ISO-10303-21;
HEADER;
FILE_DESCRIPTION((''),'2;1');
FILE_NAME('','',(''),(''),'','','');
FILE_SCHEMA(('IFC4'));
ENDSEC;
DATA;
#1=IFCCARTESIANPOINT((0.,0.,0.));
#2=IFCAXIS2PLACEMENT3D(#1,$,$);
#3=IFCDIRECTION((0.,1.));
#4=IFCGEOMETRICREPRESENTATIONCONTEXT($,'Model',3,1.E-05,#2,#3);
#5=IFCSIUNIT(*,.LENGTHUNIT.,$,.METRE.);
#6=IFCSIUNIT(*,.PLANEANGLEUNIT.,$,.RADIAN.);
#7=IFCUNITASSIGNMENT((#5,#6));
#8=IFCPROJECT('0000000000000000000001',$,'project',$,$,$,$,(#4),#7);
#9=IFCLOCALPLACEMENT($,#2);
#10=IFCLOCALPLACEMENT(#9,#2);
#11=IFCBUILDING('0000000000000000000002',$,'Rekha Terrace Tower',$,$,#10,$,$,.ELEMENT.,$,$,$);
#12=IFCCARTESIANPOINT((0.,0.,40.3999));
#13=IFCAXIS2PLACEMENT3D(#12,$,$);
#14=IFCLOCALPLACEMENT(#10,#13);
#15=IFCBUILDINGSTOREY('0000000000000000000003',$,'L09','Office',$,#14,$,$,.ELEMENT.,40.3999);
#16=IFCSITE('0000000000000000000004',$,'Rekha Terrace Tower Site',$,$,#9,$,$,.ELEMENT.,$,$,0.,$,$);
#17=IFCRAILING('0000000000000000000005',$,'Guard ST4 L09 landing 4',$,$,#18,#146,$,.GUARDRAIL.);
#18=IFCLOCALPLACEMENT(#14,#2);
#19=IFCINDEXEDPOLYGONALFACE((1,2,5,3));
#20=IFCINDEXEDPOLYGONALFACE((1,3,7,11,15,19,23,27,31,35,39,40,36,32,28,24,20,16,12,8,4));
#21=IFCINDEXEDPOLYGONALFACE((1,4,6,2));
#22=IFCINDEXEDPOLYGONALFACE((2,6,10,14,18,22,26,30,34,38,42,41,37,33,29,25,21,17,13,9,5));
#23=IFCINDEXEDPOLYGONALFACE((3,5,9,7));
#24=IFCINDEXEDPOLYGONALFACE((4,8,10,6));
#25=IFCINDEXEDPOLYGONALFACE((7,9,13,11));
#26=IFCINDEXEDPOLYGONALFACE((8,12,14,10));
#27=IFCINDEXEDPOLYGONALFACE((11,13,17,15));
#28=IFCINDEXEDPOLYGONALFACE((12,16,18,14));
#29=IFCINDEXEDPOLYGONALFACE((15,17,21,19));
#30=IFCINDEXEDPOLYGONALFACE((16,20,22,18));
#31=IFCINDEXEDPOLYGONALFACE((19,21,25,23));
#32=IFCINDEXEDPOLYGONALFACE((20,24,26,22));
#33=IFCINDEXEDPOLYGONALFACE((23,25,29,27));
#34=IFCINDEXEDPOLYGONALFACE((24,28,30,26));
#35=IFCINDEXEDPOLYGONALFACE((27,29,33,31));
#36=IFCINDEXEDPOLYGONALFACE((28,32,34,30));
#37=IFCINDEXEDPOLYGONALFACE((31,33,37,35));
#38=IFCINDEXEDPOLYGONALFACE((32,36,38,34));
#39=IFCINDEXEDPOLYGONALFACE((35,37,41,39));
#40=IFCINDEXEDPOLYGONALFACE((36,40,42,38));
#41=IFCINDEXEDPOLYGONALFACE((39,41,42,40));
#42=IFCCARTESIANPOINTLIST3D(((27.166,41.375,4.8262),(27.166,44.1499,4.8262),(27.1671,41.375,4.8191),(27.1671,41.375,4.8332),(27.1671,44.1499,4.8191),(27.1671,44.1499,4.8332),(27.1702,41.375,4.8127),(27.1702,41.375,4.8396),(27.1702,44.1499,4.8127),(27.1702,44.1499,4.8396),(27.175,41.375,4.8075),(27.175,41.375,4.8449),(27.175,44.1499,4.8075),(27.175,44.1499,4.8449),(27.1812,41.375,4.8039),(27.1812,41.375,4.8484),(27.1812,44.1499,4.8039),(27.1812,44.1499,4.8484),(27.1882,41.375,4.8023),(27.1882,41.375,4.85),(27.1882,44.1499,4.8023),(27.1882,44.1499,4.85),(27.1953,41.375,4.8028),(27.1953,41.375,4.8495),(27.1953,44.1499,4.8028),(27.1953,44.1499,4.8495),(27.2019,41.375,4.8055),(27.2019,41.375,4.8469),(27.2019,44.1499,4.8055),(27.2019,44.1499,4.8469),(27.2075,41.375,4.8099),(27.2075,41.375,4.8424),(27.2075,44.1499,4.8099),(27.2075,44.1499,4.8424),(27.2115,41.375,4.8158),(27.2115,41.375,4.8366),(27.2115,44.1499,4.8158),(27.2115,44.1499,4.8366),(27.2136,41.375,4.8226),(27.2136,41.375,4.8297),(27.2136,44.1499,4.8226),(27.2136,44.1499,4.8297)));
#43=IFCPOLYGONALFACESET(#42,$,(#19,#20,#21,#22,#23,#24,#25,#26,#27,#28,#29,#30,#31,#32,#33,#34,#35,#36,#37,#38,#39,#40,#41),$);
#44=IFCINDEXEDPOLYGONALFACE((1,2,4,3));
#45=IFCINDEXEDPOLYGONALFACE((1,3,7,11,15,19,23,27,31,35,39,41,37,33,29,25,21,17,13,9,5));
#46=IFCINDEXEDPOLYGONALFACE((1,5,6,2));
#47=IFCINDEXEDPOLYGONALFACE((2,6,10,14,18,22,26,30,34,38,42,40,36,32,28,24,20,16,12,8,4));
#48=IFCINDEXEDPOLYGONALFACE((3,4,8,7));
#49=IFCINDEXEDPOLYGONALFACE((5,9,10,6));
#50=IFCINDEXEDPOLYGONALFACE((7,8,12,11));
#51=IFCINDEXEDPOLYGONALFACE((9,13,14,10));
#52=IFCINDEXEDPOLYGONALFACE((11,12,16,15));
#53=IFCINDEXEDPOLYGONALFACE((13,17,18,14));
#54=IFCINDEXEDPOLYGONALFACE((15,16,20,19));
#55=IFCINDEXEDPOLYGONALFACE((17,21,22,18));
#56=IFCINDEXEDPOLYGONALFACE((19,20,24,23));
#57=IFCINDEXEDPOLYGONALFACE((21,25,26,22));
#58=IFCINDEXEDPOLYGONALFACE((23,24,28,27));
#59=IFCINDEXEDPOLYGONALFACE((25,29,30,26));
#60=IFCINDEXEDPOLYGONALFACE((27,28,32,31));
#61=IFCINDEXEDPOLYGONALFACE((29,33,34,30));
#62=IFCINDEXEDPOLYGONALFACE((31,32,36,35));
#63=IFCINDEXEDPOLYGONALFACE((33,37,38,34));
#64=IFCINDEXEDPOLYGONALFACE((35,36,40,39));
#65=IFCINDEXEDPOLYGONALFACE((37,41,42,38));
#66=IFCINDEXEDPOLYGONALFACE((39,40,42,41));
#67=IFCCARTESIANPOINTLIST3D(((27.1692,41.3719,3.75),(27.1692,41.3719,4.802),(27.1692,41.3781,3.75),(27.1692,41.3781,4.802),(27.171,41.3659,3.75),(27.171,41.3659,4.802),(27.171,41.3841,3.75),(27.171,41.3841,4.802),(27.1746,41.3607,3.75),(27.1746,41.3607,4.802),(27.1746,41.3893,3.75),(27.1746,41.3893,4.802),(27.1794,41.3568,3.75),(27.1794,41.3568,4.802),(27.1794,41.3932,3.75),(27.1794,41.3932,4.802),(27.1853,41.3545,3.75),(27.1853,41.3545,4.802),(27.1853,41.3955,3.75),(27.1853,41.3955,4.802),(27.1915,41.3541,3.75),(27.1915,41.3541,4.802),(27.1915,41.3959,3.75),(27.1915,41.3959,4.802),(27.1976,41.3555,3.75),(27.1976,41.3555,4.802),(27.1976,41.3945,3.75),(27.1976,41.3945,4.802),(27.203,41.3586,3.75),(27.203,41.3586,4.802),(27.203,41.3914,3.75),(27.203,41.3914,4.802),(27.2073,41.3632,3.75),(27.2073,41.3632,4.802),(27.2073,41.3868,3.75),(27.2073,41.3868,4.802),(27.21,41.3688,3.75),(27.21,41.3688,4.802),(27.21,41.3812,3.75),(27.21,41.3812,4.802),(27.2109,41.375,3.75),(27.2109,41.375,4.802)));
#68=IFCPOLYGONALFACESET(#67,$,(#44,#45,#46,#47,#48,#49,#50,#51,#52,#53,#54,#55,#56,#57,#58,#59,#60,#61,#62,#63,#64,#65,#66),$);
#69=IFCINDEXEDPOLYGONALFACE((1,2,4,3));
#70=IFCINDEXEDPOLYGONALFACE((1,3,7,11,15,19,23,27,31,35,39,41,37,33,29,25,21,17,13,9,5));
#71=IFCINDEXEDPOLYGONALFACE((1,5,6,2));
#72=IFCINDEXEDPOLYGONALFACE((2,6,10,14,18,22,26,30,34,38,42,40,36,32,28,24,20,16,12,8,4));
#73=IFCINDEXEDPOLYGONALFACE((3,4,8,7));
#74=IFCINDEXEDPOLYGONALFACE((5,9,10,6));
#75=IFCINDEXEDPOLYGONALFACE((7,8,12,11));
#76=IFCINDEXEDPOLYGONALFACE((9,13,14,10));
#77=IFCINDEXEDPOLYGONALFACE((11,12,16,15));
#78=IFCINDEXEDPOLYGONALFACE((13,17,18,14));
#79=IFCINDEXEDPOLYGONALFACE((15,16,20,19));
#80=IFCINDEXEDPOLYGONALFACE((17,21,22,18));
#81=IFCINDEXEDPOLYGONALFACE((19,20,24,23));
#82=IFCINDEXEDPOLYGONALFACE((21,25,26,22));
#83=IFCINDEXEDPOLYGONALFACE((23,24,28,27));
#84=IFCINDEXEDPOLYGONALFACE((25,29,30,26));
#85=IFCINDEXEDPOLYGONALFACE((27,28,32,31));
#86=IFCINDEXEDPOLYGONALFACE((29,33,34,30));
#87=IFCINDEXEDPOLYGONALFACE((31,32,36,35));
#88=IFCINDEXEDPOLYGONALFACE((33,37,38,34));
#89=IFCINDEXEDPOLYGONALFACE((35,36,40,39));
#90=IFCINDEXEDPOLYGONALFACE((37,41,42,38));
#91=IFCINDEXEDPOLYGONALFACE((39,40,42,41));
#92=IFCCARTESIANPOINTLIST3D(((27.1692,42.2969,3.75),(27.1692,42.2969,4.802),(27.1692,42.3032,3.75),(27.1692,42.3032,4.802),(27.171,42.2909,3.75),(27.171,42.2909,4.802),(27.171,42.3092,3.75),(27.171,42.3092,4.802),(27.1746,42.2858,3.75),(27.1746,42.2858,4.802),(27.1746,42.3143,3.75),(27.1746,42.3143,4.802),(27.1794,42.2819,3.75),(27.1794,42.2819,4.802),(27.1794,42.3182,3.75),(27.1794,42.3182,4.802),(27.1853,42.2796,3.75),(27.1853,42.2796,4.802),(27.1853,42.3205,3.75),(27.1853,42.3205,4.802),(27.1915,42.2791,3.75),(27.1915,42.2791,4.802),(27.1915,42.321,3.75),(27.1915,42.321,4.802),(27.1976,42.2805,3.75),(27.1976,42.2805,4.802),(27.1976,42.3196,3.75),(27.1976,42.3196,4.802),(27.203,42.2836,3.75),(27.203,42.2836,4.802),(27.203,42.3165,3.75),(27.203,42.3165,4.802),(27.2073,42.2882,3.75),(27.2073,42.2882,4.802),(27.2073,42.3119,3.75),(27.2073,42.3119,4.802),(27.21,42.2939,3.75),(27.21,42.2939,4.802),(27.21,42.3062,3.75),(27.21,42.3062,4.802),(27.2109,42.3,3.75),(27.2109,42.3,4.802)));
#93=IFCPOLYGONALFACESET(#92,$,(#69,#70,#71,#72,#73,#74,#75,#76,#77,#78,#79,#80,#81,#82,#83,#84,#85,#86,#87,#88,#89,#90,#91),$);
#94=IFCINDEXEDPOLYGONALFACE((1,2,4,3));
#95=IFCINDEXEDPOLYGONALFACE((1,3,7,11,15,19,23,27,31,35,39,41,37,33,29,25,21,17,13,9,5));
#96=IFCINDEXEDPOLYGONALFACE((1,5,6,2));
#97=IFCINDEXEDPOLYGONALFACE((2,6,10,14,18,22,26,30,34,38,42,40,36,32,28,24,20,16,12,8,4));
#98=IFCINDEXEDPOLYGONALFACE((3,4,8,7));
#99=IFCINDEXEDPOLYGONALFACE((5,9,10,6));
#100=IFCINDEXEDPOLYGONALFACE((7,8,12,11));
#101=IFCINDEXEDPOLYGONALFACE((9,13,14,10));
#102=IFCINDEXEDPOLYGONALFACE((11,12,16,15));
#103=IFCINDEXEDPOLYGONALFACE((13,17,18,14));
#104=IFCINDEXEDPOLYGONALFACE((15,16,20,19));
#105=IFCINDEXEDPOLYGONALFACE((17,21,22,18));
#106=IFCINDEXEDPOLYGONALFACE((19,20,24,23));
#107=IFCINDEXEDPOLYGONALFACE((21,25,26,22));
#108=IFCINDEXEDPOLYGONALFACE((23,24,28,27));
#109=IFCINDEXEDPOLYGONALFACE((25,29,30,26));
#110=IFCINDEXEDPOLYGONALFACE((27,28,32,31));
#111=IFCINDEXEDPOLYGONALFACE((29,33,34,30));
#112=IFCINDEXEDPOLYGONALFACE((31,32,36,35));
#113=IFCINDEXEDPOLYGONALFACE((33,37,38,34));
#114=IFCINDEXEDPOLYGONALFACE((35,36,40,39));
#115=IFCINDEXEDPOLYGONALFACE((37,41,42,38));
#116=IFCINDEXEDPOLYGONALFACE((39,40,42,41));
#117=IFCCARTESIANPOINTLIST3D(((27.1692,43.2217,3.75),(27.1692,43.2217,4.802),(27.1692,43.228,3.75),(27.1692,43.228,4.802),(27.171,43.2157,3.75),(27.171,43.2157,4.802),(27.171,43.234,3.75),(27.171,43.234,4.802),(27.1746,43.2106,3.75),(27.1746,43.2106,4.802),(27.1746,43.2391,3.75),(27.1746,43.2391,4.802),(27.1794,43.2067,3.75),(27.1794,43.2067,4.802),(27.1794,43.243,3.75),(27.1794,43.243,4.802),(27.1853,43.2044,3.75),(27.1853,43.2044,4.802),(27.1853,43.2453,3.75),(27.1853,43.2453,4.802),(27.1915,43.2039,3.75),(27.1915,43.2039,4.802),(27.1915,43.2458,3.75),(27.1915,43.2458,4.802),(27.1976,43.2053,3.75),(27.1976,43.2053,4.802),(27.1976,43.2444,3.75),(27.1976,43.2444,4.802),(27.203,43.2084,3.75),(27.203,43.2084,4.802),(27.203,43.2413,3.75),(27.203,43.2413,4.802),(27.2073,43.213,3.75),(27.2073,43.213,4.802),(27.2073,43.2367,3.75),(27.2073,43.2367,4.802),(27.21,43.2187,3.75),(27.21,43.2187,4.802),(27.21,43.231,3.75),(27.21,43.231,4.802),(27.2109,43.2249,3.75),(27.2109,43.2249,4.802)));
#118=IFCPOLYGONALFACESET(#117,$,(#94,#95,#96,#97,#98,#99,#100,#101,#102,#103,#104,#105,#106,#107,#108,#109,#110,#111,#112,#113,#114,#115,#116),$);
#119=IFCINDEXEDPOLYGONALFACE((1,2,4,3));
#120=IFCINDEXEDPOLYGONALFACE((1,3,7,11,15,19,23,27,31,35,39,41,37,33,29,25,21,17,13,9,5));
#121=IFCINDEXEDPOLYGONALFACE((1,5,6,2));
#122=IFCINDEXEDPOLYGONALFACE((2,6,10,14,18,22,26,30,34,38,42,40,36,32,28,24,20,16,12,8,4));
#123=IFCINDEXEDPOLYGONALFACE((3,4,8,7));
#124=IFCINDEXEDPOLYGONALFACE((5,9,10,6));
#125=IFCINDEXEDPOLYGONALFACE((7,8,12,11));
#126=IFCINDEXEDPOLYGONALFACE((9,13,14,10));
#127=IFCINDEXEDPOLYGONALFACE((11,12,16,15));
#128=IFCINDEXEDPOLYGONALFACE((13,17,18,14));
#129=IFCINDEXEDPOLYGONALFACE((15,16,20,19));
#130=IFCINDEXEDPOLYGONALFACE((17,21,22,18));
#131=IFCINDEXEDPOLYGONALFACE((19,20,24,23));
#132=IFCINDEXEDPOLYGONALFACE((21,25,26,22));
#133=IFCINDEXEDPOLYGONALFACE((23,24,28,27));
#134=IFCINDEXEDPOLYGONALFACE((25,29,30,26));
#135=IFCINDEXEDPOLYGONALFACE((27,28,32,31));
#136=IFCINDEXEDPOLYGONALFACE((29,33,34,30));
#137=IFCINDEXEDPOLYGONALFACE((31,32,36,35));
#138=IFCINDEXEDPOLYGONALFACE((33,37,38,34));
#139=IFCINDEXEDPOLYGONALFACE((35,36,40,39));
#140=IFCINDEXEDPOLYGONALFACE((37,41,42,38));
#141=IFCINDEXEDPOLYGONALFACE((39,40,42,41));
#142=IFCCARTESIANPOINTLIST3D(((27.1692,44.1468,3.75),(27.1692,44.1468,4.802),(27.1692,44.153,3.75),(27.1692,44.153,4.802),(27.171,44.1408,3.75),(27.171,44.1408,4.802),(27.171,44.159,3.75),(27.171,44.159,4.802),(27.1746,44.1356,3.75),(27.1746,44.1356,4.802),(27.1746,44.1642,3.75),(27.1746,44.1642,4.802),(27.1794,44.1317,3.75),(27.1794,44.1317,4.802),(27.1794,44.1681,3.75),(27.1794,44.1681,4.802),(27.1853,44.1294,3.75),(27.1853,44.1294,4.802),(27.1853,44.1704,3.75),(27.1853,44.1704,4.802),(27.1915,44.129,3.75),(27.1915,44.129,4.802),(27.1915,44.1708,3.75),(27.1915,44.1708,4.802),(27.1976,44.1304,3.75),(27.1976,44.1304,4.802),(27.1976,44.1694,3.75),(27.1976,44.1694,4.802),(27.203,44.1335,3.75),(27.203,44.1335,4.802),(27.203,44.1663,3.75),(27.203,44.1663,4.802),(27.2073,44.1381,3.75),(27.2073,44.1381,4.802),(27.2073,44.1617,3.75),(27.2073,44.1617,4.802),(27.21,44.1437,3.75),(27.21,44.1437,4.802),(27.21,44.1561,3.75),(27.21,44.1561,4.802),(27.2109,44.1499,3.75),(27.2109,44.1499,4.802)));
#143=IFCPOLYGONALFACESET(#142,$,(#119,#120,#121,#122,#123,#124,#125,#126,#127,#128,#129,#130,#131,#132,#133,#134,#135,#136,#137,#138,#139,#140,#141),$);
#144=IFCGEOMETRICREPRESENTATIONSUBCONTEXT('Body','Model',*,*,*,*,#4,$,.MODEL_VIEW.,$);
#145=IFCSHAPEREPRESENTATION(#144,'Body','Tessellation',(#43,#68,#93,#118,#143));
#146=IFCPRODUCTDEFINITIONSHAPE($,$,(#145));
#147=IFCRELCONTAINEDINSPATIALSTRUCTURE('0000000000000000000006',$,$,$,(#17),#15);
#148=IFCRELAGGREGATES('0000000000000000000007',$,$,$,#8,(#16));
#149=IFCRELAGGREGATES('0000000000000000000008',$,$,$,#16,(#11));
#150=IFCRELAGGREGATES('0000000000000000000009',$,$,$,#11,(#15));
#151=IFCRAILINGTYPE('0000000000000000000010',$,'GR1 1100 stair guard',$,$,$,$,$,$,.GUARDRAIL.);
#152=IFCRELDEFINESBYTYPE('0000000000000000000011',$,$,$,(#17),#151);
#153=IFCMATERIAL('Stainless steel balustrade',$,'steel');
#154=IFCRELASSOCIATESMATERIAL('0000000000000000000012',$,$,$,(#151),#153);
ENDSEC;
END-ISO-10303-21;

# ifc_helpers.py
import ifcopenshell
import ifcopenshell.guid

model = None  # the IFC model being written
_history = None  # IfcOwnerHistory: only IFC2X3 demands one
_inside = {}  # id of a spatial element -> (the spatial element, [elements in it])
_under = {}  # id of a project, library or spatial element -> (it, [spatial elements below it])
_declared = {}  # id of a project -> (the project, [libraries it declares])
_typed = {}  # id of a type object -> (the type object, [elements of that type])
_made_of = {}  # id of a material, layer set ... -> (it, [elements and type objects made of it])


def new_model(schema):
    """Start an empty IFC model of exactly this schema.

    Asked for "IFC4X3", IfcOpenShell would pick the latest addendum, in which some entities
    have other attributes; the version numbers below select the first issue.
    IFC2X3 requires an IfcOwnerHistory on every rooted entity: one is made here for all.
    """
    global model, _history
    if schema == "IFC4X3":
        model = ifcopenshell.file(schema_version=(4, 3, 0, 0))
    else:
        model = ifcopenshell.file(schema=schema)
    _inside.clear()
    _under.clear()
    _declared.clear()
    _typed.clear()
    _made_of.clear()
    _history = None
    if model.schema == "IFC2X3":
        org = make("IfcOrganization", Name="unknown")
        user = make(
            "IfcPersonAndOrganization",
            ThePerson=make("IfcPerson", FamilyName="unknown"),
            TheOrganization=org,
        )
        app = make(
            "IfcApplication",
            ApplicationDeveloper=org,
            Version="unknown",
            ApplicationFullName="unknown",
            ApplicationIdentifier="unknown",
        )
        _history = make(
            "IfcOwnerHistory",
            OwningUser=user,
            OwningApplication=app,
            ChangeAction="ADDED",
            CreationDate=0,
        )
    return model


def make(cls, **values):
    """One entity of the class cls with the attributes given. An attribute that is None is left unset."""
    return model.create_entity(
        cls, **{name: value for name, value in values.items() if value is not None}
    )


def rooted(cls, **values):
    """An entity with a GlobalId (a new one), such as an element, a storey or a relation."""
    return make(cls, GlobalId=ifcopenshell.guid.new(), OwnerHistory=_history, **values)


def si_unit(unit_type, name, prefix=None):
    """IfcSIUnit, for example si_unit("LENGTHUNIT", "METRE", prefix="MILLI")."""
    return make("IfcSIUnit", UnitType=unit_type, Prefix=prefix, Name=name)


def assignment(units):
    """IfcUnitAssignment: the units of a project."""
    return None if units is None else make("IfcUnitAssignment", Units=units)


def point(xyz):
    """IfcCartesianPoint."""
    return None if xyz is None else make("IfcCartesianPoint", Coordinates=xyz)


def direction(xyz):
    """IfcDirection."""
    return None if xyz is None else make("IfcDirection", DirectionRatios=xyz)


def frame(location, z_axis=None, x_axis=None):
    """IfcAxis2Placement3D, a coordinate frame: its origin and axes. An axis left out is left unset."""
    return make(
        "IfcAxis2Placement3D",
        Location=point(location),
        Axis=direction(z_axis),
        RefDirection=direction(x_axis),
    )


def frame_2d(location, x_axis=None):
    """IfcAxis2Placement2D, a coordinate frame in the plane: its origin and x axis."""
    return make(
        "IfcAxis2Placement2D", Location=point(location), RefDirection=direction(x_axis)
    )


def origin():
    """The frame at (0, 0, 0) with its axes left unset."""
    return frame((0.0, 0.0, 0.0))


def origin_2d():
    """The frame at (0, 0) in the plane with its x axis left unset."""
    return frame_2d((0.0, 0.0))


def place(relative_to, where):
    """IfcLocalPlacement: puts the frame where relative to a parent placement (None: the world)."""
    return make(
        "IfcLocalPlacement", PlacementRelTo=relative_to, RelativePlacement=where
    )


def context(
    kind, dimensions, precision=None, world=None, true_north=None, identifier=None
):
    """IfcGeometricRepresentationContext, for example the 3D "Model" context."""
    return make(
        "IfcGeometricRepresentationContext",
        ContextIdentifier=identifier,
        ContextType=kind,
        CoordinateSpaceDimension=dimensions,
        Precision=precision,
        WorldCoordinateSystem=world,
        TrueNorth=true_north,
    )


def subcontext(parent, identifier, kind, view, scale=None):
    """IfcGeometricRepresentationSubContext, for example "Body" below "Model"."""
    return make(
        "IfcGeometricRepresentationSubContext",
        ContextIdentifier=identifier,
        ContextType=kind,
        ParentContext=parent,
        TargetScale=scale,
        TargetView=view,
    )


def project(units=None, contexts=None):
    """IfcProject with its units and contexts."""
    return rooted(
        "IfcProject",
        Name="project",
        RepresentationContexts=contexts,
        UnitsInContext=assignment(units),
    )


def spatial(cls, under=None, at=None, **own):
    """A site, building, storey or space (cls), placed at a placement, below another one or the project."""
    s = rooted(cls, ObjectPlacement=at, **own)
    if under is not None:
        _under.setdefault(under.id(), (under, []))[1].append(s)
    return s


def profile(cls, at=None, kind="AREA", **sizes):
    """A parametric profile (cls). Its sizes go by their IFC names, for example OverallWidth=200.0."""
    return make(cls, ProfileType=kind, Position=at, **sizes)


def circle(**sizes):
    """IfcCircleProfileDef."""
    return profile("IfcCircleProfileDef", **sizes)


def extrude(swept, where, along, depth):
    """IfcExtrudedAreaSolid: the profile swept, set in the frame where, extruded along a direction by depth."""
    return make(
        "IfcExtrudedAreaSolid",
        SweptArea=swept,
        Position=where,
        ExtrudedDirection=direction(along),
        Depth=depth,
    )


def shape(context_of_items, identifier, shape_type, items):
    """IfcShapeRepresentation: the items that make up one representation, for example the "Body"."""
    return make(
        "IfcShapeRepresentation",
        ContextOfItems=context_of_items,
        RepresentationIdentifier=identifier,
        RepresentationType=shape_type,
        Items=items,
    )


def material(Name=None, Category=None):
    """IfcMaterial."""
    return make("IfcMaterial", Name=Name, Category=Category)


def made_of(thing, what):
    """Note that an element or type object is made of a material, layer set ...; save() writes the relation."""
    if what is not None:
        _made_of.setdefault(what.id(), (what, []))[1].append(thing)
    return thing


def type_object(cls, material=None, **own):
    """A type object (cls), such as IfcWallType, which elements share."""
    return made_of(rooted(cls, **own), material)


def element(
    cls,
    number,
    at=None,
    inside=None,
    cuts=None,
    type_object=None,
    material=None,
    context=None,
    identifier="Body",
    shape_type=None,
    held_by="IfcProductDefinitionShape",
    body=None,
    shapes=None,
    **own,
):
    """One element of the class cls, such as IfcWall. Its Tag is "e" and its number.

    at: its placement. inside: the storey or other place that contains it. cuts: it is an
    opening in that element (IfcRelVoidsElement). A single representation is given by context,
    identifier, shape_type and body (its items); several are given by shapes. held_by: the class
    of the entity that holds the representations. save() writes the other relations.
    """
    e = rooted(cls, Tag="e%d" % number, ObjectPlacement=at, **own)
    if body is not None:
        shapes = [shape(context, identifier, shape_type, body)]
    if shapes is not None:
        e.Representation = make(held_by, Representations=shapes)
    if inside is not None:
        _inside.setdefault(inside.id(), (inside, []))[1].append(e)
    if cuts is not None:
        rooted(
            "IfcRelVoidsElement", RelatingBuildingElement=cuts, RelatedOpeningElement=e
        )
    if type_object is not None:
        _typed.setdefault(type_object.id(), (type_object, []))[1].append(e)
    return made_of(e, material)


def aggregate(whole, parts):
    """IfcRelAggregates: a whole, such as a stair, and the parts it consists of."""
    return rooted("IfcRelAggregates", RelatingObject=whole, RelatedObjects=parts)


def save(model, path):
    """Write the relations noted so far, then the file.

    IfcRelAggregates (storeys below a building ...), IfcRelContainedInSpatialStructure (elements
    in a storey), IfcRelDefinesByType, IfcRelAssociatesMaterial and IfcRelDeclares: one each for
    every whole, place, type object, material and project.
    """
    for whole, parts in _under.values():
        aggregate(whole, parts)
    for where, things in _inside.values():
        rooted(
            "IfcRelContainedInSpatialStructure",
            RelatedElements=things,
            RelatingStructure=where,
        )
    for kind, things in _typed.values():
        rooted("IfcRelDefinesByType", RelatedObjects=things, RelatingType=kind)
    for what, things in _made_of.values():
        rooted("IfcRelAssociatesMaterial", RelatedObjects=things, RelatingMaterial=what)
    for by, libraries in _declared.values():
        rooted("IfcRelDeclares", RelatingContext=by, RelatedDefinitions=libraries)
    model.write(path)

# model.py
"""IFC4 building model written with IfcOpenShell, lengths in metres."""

from ifc_helpers import new_model, si_unit, direction, frame, origin, origin_2d, place, context, subcontext, project, spatial, circle, extrude, material, type_object, element, save


model = new_model("IFC4")

# Units and contexts
model_context = context("Model", 3, precision=1e-05, world=origin(), true_north=direction((0.0, 1.0)))
body_context = subcontext(model_context, "Body", "Model", "MODEL_VIEW")
ifc_project = project(units=[si_unit("LENGTHUNIT", "METRE"), si_unit("PLANEANGLEUNIT", "RADIAN")], contexts=[model_context])

# Site, building, storey
site_placement = place(None, origin())
site = spatial("IfcSite", under=ifc_project, at=site_placement, Name="Rekha Terrace Tower Site", CompositionType="ELEMENT", RefElevation=0.0)
building_placement = place(site_placement, origin())
building = spatial("IfcBuilding", under=site, at=building_placement, Name="Rekha Terrace Tower", CompositionType="ELEMENT")
storey_placement = place(building_placement, frame((0.0, 0.0, 40.3999)))
storey = spatial("IfcBuildingStorey", under=building, at=storey_placement, Name="L09", Description="Office", CompositionType="ELEMENT", Elevation=40.3999)

# Railing
ifc_material_1 = material(Name="Stainless steel balustrade", Category="steel")
railing_type_1 = type_object("IfcRailingType", Name="GR1 1100 stair guard", PredefinedType="GUARDRAIL", material=ifc_material_1)
railing_1_placement = place(storey_placement, frame((27.1899, 41.375, 3.75)))
element("IfcRailing", 1, at=railing_1_placement, inside=storey, type_object=railing_type_1, Name="Guard ST4 L09 landing 4", PredefinedType="GUARDRAIL", context=body_context, shape_type="SweptSolid", body=[
    extrude(circle(Radius=0.0239, at=origin_2d()), frame((0.0, 0.0, 1.0762), z_axis=(0.0, 1.0, 0.0), x_axis=(-1.0, 0.0, 0.0)), (0.0, 0.0, 1.0), 2.7749),
    extrude(circle(Radius=0.021, at=origin_2d()), origin(), (0.0, 0.0, 1.0), 1.052),
    extrude(circle(Radius=0.021, at=origin_2d()), frame((0.0, 0.925, 0.0)), (0.0, 0.0, 1.0), 1.052),
    extrude(circle(Radius=0.021, at=origin_2d()), frame((0.0, 1.8499, 0.0)), (0.0, 0.0, 1.0), 1.052),
    extrude(circle(Radius=0.021, at=origin_2d()), frame((0.0, 2.7749, 0.0)), (0.0, 0.0, 1.0), 1.052),
])

save(model, "model.ifc")
